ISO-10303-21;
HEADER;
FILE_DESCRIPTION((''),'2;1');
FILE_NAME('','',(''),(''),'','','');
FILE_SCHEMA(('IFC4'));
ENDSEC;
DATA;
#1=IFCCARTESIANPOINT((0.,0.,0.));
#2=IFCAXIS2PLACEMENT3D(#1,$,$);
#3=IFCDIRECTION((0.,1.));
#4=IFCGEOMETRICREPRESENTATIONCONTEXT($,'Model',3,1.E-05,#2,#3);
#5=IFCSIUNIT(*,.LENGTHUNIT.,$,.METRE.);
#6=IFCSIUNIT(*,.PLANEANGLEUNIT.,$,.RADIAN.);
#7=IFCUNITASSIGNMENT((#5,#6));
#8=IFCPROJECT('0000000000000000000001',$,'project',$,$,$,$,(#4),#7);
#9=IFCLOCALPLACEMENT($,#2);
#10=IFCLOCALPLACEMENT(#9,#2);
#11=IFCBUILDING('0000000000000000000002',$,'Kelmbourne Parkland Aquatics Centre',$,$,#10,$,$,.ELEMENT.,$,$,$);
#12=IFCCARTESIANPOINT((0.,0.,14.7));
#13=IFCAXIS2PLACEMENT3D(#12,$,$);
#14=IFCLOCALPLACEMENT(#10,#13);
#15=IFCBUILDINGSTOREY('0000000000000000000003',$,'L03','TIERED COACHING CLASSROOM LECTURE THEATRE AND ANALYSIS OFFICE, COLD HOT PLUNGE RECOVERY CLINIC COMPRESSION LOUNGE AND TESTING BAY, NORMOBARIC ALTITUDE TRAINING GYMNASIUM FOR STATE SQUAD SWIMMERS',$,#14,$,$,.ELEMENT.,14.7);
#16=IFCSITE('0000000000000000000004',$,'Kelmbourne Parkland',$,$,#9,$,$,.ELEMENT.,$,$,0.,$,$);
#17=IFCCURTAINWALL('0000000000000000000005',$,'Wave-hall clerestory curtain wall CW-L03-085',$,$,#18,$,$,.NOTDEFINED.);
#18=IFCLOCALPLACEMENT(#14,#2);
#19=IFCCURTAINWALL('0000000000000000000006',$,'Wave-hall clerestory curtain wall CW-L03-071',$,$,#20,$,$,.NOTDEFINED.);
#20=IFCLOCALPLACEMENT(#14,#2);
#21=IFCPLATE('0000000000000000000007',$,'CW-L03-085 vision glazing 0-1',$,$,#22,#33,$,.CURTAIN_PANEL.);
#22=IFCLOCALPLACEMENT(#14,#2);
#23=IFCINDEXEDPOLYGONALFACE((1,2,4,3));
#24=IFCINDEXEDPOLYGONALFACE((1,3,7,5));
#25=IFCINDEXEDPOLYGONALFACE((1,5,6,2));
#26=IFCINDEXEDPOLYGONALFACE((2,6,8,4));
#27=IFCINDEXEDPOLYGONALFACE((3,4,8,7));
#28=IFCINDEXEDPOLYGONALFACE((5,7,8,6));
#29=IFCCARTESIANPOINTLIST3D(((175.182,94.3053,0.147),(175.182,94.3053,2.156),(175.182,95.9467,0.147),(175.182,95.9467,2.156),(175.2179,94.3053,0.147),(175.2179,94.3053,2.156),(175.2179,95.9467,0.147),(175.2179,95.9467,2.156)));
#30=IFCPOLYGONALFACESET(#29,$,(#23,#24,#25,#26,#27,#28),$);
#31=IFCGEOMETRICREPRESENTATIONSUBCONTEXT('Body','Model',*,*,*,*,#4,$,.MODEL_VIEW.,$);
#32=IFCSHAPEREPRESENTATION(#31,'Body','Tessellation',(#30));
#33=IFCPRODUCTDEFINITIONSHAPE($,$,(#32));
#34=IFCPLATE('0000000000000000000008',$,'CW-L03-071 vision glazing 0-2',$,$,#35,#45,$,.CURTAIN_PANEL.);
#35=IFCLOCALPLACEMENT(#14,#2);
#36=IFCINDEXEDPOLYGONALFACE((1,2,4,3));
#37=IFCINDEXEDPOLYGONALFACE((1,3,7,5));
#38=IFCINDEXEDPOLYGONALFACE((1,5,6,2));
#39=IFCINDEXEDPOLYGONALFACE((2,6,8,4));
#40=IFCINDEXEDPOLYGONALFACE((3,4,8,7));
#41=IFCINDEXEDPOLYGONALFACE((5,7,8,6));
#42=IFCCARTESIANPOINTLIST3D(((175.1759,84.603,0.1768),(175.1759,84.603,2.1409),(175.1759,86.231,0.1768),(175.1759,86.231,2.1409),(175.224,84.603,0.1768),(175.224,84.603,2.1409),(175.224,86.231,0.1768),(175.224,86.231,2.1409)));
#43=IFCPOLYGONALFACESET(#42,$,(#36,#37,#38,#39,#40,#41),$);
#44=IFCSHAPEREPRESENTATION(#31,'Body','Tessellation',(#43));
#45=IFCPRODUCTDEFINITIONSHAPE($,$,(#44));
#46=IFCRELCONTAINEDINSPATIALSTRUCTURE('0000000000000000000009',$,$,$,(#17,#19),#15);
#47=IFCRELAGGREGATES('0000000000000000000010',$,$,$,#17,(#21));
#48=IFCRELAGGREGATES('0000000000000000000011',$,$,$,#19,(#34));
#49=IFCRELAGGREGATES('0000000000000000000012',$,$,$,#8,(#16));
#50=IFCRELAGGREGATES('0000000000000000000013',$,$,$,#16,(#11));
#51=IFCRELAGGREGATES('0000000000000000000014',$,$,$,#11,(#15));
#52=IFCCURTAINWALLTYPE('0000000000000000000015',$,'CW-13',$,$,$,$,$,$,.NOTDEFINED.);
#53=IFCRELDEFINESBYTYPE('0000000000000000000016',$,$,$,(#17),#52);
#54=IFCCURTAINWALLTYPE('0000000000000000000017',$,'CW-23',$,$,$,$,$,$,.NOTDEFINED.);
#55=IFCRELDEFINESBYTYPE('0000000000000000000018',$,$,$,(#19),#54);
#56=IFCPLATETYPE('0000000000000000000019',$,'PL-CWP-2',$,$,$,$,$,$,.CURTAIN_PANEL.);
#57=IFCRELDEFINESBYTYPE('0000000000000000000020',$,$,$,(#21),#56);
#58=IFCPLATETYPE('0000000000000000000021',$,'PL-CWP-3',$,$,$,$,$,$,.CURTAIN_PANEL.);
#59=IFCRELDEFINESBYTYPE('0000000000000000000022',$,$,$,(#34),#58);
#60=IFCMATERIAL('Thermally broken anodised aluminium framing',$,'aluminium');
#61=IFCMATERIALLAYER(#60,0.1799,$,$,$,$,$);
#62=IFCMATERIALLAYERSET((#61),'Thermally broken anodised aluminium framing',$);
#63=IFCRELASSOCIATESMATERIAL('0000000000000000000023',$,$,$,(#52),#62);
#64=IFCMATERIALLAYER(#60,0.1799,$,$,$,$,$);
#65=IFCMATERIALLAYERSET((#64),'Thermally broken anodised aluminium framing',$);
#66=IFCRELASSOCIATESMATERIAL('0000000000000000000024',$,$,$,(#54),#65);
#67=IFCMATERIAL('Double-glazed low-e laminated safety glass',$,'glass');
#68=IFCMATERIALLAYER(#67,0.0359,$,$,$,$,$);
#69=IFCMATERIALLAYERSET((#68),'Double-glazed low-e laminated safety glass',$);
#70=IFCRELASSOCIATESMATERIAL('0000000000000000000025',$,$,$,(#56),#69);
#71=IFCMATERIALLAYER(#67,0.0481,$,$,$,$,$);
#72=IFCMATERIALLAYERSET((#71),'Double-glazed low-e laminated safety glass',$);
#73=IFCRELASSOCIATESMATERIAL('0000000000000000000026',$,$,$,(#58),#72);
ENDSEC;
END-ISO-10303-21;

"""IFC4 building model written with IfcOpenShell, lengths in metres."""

from ifc_helpers import new_model, si_unit, direction, frame, origin, origin_2d, place, context, subcontext, project, spatial, rectangle, extrude, material, layer, layer_set, type_object, element, aggregate, save


model = new_model("IFC4")

# Units and contexts
model_context = context("Model", 3, precision=1e-05, world=origin(), true_north=direction((0.0, 1.0)))
body_context = subcontext(model_context, "Body", "Model", "MODEL_VIEW")
ifc_project = project(units=[si_unit("LENGTHUNIT", "METRE"), si_unit("PLANEANGLEUNIT", "RADIAN")], contexts=[model_context])

# Site, building, storey
site_placement = place(None, origin())
site = spatial("IfcSite", under=ifc_project, at=site_placement, Name="Kelmbourne Parkland", CompositionType="ELEMENT", RefElevation=0.0)
building_placement = place(site_placement, origin())
building = spatial("IfcBuilding", under=site, at=building_placement, Name="Kelmbourne Parkland Aquatics Centre", CompositionType="ELEMENT")
storey_placement = place(building_placement, frame((0.0, 0.0, 14.7)))
storey = spatial("IfcBuildingStorey", under=building, at=storey_placement, Name="L03", Description="TIERED COACHING CLASSROOM LECTURE THEATRE AND ANALYSIS OFFICE, COLD HOT PLUNGE RECOVERY CLINIC COMPRESSION LOUNGE AND TESTING BAY, NORMOBARIC ALTITUDE TRAINING GYMNASIUM FOR STATE SQUAD SWIMMERS", CompositionType="ELEMENT", Elevation=14.7)

# Curtain wall
ifc_material_1 = material(Name="Thermally broken anodised aluminium framing", Category="aluminium")
ifc_layer_1 = layer(ifc_material_1, 0.1799)
ifc_layer_set_1 = layer_set([ifc_layer_1], Name="Thermally broken anodised aluminium framing")
curtain_wall_type_1 = type_object("IfcCurtainWallType", Name="CW-13", PredefinedType="NOTDEFINED", material=ifc_layer_set_1)
curtain_wall_1_placement = place(storey_placement, origin())
curtain_wall_1 = element("IfcCurtainWall", 1, at=curtain_wall_1_placement, inside=storey, type_object=curtain_wall_type_1, Name="Wave-hall clerestory curtain wall CW-L03-085", PredefinedType="NOTDEFINED")

# Curtain wall
ifc_layer_2 = layer(ifc_material_1, 0.1799)
ifc_layer_set_2 = layer_set([ifc_layer_2], Name="Thermally broken anodised aluminium framing")
curtain_wall_type_2 = type_object("IfcCurtainWallType", Name="CW-23", PredefinedType="NOTDEFINED", material=ifc_layer_set_2)
curtain_wall_2_placement = place(storey_placement, origin())
curtain_wall_2 = element("IfcCurtainWall", 2, at=curtain_wall_2_placement, inside=storey, type_object=curtain_wall_type_2, Name="Wave-hall clerestory curtain wall CW-L03-071", PredefinedType="NOTDEFINED")

# Plates
ifc_material_2 = material(Name="Double-glazed low-e laminated safety glass", Category="glass")
ifc_layer_3 = layer(ifc_material_2, 0.0359)
ifc_layer_set_3 = layer_set([ifc_layer_3], Name="Double-glazed low-e laminated safety glass")
plate_type_1 = type_object("IfcPlateType", Name="PL-CWP-2", PredefinedType="CURTAIN_PANEL", material=ifc_layer_set_3)
plate_1_placement = place(storey_placement, frame((175.2, 95.126, 0.147), z_axis=(0.0, 0.0, 1.0), x_axis=(0.0, 1.0, 0.0)))
plate_1 = element("IfcPlate", 3, at=plate_1_placement, type_object=plate_type_1, Name="CW-L03-085 vision glazing 0-1", PredefinedType="CURTAIN_PANEL", context=body_context, shape_type="SweptSolid", body=[
    extrude(rectangle(XDim=1.6414, YDim=0.0359, at=origin_2d()), origin(), (0.0, 0.0, 1.0), 2.009),
])
aggregate(curtain_wall_1, [plate_1])
ifc_layer_4 = layer(ifc_material_2, 0.0481)
ifc_layer_set_4 = layer_set([ifc_layer_4], Name="Double-glazed low-e laminated safety glass")
plate_type_2 = type_object("IfcPlateType", Name="PL-CWP-3", PredefinedType="CURTAIN_PANEL", material=ifc_layer_set_4)
plate_2_placement = place(storey_placement, frame((175.2, 85.417, 0.1768), z_axis=(0.0, 0.0, 1.0), x_axis=(0.0, 1.0, 0.0)))
plate_2 = element("IfcPlate", 4, at=plate_2_placement, type_object=plate_type_2, Name="CW-L03-071 vision glazing 0-2", PredefinedType="CURTAIN_PANEL", context=body_context, shape_type="SweptSolid", body=[
    extrude(rectangle(XDim=1.6279, YDim=0.0481, at=origin_2d()), origin(), (0.0, 0.0, 1.0), 1.9641),
])
aggregate(curtain_wall_2, [plate_2])

save(model, "model.ifc")
